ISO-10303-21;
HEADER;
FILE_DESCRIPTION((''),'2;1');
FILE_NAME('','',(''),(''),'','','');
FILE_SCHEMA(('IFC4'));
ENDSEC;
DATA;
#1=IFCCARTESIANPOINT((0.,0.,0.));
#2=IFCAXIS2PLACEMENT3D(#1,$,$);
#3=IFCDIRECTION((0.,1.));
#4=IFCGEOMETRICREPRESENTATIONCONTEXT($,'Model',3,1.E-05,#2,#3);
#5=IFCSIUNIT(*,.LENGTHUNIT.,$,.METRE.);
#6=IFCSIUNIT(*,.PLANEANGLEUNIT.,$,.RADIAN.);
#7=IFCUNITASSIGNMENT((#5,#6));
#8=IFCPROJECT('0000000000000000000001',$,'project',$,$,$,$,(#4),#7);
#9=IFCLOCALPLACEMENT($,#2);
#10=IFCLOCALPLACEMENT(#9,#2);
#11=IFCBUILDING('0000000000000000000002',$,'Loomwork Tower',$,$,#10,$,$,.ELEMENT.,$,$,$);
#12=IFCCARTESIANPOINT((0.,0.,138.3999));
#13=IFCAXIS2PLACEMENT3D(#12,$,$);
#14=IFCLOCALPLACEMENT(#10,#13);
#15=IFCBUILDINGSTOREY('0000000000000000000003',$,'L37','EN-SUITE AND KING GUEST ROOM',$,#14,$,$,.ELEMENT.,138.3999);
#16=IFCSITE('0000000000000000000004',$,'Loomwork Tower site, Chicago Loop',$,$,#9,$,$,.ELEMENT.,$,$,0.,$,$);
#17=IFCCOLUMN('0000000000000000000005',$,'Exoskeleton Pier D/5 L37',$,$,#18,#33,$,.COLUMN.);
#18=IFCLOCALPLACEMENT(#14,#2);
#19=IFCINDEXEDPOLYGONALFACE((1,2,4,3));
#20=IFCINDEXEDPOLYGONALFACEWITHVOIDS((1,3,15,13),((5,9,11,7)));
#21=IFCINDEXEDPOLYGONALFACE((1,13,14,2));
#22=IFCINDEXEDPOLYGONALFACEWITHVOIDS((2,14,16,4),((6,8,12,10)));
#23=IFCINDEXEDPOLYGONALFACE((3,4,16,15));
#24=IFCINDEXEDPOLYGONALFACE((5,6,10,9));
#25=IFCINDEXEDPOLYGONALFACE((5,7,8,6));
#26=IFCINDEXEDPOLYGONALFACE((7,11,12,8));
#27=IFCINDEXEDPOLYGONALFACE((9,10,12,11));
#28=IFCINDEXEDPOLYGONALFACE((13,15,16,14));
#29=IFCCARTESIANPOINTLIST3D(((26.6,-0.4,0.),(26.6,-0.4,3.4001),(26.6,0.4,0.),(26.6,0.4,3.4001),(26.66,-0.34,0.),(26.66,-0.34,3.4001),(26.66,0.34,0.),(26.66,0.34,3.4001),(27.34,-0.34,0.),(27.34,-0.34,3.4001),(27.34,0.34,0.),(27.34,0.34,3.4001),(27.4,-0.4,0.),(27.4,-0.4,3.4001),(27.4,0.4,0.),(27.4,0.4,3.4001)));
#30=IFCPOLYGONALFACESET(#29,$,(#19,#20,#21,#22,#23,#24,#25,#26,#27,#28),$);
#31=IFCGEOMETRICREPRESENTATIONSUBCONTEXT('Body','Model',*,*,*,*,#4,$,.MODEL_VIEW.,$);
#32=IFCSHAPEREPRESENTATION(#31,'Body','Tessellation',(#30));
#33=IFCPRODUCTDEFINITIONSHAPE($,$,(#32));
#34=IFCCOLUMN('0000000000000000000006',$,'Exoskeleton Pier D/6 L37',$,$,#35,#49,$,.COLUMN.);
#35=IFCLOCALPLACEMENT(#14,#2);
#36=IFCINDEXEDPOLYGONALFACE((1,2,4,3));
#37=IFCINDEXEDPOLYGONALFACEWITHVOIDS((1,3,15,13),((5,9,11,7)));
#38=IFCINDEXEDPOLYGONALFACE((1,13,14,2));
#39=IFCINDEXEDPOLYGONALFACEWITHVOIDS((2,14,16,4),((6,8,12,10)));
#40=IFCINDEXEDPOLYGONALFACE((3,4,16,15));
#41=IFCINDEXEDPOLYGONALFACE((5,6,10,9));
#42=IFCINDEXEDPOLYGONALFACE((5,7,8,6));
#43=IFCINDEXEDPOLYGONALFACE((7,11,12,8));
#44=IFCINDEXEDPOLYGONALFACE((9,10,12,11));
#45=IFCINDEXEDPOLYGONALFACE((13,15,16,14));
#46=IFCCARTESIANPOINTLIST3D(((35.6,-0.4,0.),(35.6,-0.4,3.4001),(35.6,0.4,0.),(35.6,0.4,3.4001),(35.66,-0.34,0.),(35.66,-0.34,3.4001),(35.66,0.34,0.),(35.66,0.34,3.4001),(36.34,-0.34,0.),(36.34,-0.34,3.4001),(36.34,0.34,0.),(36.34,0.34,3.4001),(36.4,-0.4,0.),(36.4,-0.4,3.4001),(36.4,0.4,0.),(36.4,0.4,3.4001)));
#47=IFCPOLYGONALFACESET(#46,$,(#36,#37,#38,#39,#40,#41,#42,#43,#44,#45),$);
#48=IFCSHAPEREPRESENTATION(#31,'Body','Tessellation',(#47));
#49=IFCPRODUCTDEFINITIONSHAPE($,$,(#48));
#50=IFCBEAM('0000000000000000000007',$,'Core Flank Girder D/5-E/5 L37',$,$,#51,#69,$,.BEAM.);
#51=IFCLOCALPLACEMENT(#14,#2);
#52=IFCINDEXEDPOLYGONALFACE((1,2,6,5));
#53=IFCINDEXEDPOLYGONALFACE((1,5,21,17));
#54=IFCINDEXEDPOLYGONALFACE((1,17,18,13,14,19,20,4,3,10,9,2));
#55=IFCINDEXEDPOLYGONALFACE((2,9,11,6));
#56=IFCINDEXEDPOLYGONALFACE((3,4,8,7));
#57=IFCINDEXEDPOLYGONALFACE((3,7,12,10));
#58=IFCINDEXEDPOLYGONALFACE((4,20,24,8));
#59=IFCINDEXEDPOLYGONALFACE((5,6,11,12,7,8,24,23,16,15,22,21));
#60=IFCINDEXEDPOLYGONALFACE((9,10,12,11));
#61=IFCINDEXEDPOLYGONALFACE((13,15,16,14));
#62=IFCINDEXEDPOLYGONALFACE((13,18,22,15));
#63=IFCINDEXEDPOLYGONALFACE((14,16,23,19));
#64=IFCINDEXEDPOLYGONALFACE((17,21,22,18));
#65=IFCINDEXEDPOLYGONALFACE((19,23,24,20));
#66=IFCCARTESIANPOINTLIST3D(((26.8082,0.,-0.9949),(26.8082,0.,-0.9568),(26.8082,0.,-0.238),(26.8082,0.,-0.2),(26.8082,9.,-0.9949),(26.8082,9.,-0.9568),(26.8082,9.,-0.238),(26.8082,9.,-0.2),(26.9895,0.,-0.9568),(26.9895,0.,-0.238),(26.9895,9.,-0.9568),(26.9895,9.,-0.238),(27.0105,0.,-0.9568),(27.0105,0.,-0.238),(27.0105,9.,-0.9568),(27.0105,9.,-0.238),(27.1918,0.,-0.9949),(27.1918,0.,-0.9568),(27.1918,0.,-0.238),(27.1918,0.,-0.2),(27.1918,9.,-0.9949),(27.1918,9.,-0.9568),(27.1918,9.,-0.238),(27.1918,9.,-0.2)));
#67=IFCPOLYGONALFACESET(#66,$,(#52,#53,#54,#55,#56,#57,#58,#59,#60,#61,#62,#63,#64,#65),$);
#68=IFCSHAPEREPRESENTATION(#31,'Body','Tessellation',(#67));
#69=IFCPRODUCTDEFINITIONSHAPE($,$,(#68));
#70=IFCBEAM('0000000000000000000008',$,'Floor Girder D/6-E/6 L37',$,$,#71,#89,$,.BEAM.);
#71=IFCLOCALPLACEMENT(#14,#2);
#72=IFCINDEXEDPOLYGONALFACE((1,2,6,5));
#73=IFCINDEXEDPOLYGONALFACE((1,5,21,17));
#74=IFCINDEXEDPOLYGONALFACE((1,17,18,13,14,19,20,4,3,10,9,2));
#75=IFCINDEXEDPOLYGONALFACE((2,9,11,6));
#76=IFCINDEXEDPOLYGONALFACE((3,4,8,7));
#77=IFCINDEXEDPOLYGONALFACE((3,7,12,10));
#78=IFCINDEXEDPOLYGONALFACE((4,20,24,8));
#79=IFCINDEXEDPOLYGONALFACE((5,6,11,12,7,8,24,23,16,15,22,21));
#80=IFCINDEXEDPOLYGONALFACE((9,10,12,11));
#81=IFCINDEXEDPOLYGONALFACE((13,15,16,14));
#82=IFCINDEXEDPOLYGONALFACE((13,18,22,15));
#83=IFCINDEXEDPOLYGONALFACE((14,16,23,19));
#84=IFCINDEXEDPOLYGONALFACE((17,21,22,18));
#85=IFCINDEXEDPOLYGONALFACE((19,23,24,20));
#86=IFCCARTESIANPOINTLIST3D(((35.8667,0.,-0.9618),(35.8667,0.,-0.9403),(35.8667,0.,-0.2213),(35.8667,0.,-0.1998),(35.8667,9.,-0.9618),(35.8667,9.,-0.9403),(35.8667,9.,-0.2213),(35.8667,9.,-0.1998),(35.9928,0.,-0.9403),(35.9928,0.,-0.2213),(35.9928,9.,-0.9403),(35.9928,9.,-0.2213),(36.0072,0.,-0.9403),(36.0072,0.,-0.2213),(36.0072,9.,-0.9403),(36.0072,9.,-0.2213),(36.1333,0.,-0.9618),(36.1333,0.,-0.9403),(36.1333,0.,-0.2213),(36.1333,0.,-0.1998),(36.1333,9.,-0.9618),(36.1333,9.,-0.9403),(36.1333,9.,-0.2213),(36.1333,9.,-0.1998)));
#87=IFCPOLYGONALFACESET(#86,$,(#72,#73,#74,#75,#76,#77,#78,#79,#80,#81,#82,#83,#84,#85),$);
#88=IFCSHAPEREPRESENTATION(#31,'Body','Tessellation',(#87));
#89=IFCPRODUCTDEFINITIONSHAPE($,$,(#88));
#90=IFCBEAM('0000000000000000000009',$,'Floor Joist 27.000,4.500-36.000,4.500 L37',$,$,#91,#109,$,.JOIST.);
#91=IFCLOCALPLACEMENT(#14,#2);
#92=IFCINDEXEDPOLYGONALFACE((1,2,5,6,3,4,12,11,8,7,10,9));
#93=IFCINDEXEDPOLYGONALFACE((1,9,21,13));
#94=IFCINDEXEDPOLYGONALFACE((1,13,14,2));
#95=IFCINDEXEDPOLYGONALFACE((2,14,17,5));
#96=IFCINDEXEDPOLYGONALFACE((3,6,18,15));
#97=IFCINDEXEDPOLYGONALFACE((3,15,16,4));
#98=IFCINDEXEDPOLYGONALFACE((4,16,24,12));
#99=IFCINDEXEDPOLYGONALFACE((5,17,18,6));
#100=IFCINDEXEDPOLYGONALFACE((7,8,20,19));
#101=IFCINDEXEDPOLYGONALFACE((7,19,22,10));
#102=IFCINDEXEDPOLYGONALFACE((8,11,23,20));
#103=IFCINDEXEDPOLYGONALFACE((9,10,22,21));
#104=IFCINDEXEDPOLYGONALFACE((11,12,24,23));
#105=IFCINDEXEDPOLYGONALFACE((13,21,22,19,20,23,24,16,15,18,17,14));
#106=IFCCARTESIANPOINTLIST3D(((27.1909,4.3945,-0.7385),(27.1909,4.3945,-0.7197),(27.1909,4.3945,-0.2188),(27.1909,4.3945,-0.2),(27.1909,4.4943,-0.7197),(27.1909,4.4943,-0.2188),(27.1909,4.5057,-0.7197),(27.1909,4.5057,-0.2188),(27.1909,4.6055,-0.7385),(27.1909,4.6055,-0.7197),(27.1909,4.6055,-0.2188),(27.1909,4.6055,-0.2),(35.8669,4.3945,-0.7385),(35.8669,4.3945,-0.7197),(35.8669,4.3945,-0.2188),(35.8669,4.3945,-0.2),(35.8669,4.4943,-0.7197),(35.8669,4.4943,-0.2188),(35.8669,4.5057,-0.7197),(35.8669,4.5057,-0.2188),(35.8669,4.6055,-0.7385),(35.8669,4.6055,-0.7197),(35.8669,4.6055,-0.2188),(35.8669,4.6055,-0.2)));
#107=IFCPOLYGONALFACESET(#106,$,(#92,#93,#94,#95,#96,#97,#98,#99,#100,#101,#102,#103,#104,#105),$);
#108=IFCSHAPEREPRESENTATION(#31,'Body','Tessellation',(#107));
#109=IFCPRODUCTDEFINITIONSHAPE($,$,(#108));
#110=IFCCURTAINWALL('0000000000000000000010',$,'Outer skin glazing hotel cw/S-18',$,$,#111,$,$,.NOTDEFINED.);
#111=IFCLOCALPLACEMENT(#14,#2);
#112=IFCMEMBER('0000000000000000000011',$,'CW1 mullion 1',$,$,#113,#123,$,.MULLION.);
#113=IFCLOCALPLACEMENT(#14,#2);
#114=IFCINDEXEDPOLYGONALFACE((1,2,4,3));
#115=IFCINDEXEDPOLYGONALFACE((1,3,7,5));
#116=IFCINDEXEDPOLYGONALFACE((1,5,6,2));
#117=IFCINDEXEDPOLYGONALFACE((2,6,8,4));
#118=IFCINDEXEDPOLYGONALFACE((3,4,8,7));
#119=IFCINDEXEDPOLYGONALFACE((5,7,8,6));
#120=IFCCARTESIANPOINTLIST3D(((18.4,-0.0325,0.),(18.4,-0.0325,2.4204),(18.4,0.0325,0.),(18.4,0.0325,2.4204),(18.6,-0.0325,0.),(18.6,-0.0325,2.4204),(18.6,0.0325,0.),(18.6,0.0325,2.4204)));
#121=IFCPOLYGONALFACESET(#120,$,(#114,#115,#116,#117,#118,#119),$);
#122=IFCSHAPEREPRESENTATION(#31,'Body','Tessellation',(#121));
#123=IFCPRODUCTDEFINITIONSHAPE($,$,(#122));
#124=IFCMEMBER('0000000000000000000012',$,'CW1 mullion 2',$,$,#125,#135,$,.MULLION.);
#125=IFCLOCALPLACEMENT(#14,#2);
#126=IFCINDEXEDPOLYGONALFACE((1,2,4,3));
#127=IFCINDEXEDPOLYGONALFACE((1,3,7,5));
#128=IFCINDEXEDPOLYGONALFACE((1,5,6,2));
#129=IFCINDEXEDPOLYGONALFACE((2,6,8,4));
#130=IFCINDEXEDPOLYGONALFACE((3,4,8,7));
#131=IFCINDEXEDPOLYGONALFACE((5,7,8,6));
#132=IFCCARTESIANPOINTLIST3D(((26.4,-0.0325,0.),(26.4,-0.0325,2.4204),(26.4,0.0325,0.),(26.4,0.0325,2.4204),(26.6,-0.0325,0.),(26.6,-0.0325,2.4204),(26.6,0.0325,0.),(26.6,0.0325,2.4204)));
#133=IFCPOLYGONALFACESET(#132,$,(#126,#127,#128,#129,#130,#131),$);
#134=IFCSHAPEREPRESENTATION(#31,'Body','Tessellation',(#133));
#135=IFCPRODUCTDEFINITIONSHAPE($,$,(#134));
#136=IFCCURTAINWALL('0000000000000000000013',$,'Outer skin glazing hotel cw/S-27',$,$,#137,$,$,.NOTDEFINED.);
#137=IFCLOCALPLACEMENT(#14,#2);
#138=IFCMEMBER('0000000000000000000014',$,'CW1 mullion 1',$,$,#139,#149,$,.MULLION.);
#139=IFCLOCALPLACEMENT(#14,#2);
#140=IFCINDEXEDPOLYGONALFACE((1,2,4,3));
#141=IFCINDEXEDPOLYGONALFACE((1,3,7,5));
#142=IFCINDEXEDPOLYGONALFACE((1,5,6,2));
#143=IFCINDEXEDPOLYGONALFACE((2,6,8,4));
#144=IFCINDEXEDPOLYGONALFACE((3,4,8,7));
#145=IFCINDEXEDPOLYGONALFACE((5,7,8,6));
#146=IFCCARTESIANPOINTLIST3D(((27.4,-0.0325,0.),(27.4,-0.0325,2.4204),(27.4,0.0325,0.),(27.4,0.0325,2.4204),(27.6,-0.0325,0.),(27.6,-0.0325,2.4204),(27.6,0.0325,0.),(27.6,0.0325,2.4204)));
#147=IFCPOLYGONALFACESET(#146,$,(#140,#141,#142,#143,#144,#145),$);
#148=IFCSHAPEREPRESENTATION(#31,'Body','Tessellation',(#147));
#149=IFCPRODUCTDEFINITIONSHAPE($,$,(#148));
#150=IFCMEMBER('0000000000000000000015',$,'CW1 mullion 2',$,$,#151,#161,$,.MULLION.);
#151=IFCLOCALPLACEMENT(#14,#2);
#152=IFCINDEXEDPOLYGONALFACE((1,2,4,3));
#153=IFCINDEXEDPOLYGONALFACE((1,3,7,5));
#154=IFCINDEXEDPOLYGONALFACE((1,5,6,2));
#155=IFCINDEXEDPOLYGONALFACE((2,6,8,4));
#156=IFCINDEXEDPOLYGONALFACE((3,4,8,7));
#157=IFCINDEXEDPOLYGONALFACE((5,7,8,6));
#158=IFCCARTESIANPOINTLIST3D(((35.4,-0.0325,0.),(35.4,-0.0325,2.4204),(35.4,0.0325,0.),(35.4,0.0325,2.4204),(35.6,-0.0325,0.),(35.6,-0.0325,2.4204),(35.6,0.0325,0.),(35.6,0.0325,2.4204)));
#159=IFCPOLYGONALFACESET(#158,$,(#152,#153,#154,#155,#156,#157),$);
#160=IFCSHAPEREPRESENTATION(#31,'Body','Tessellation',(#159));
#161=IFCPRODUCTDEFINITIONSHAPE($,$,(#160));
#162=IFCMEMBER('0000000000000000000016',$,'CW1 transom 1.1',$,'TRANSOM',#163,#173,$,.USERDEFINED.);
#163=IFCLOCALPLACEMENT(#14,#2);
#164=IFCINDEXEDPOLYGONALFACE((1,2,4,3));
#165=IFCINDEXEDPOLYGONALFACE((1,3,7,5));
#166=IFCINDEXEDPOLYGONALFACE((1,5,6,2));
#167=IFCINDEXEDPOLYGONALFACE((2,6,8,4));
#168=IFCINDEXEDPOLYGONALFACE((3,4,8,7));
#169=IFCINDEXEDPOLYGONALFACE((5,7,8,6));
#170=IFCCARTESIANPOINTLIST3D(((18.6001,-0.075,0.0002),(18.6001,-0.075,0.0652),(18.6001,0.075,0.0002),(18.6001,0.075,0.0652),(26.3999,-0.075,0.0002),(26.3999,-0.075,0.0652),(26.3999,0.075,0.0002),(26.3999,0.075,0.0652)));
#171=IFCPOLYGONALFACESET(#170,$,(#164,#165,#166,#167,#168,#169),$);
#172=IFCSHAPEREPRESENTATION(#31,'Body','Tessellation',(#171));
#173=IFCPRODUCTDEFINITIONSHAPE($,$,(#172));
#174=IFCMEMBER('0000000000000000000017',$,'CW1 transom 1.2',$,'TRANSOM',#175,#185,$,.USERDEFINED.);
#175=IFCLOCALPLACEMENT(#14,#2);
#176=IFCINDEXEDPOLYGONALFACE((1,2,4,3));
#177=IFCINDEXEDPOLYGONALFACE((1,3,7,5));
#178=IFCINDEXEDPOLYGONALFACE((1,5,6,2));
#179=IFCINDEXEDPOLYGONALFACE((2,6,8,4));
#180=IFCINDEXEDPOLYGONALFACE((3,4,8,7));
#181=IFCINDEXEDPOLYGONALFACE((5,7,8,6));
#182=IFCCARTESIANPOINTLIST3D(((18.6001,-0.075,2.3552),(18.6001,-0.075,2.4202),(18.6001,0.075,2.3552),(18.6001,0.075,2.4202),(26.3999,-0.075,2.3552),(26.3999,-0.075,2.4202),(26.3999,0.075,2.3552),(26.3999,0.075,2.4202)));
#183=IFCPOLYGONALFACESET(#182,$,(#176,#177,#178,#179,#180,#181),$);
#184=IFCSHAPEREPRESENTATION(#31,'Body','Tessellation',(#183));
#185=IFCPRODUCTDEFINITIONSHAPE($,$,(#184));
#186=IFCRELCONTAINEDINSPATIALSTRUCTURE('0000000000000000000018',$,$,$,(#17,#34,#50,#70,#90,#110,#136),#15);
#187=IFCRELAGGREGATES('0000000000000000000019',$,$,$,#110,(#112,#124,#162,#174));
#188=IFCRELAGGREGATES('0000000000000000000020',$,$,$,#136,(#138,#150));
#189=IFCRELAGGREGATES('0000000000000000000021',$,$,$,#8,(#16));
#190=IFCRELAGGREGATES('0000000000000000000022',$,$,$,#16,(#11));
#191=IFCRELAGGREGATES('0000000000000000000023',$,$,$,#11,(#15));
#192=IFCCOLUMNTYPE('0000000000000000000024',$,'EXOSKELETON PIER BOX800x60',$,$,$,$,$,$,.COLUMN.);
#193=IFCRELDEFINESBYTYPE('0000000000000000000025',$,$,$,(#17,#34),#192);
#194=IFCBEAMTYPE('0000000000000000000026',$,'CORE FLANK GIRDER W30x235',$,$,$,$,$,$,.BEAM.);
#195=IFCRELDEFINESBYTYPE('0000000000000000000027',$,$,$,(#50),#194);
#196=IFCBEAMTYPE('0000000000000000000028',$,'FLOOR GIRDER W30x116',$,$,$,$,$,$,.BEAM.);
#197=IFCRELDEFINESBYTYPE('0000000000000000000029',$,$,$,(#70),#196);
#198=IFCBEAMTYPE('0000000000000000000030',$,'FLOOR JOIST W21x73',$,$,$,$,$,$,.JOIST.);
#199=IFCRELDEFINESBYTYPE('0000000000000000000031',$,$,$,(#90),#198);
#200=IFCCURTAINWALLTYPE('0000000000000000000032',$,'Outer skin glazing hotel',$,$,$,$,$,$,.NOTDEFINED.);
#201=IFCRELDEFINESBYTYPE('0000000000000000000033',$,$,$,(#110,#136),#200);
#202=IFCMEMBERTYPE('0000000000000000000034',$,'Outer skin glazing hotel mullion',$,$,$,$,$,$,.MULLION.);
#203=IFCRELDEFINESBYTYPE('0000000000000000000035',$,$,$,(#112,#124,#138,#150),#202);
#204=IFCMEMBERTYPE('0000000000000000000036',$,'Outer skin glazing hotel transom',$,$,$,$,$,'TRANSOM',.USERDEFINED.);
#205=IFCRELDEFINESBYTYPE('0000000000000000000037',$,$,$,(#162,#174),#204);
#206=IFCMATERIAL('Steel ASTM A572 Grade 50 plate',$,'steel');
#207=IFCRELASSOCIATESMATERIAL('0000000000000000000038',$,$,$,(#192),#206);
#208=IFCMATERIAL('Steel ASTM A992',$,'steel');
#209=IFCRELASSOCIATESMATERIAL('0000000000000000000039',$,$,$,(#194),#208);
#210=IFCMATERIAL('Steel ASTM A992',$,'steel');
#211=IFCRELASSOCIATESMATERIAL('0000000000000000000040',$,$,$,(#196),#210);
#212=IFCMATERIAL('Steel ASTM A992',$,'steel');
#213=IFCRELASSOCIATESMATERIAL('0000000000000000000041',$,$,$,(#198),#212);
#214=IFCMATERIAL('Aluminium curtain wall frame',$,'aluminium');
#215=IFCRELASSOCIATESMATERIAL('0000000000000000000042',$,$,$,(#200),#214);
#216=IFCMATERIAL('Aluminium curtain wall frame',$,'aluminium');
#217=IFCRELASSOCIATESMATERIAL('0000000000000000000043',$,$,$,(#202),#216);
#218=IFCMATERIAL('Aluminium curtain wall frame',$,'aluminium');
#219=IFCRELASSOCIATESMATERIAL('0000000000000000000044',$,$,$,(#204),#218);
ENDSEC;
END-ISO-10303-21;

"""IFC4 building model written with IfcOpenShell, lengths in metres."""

from ifc_helpers import new_model, si_unit, direction, frame, origin, origin_2d, place, context, subcontext, project, spatial, rectangle, hollow_rectangle, i_section, extrude, material, material_profile, profile_set, type_object, element, aggregate, save


model = new_model("IFC4")

# Units and contexts
model_context = context("Model", 3, precision=1e-05, world=origin(), true_north=direction((0.0, 1.0)))
body_context = subcontext(model_context, "Body", "Model", "MODEL_VIEW")
ifc_project = project(units=[si_unit("LENGTHUNIT", "METRE"), si_unit("PLANEANGLEUNIT", "RADIAN")], contexts=[model_context])

# Site, building, storey
site_placement = place(None, origin())
site = spatial("IfcSite", under=ifc_project, at=site_placement, Name="Loomwork Tower site, Chicago Loop", CompositionType="ELEMENT", RefElevation=0.0)
building_placement = place(site_placement, origin())
building = spatial("IfcBuilding", under=site, at=building_placement, Name="Loomwork Tower", CompositionType="ELEMENT")
storey_placement = place(building_placement, frame((0.0, 0.0, 138.3999)))
storey = spatial("IfcBuildingStorey", under=building, at=storey_placement, Name="L37", Description="EN-SUITE AND KING GUEST ROOM", CompositionType="ELEMENT", Elevation=138.3999)

# Columns
ifc_material_1 = material(Name="Steel ASTM A572 Grade 50 plate", Category="steel")
ifc_material_profile_1 = material_profile(ifc_material_1, hollow_rectangle(XDim=0.8, YDim=0.8, WallThickness=0.0601, at=origin_2d()), Name="BOX800x60")
ifc_profile_set_1 = profile_set([ifc_material_profile_1], Name="Steel ASTM A572 Grade 50 plate")
column_type = type_object("IfcColumnType", Name="EXOSKELETON PIER BOX800x60", PredefinedType="COLUMN", material=ifc_profile_set_1)
for number, where, z_axis, x_axis, name in (
    (1, (27.0, 0.0, 0.0), (0.0, 0.0, 1.0), (1.0, 0.0, 0.0), "Exoskeleton Pier D/5 L37"),
    (2, (36.0, 0.0, 0.0), (0.0, 0.0, 1.0), (1.0, 0.0, 0.0), "Exoskeleton Pier D/6 L37"),
):
    element("IfcColumn", number, at=place(storey_placement, frame(where, z_axis=z_axis, x_axis=x_axis)), inside=storey, type_object=column_type, Name=name, PredefinedType="COLUMN", context=body_context, shape_type="SweptSolid", body=[
        extrude(hollow_rectangle(XDim=0.8, YDim=0.8, WallThickness=0.0601, at=origin_2d()), origin(), (0.0, 0.0, 1.0), 3.4001),
    ])

# Beams
ifc_material_2 = material(Name="Steel ASTM A992", Category="steel")
ifc_material_profile_2 = material_profile(ifc_material_2, i_section(OverallWidth=0.3835, OverallDepth=0.7949, WebThickness=0.021, FlangeThickness=0.0381, at=origin_2d()), Name="W30x235")
ifc_profile_set_2 = profile_set([ifc_material_profile_2], Name="Steel ASTM A992")
beam_type_1 = type_object("IfcBeamType", Name="CORE FLANK GIRDER W30x235", PredefinedType="BEAM", material=ifc_profile_set_2)
beam_1_placement = place(storey_placement, frame((27.0, 0.0, -0.5974), z_axis=(0.0, 1.0, 0.0), x_axis=(-1.0, 0.0, 0.0)))
element("IfcBeam", 3, at=beam_1_placement, inside=storey, type_object=beam_type_1, Name="Core Flank Girder D/5-E/5 L37", PredefinedType="BEAM", context=body_context, shape_type="SweptSolid", body=[
    extrude(i_section(OverallWidth=0.3835, OverallDepth=0.7949, WebThickness=0.021, FlangeThickness=0.0381, at=origin_2d()), origin(), (0.0, 0.0, 1.0), 9.0),
])
ifc_material_3 = material(Name="Steel ASTM A992", Category="steel")
ifc_material_profile_3 = material_profile(ifc_material_3, i_section(OverallWidth=0.2666, OverallDepth=0.762, WebThickness=0.0144, FlangeThickness=0.0215, at=origin_2d()), Name="W30x116")
ifc_profile_set_3 = profile_set([ifc_material_profile_3], Name="Steel ASTM A992")
beam_type_2 = type_object("IfcBeamType", Name="FLOOR GIRDER W30x116", PredefinedType="BEAM", material=ifc_profile_set_3)
beam_2_placement = place(storey_placement, frame((36.0, 0.0, -0.5808), z_axis=(0.0, 1.0, 0.0), x_axis=(-1.0, 0.0, 0.0)))
element("IfcBeam", 4, at=beam_2_placement, inside=storey, type_object=beam_type_2, Name="Floor Girder D/6-E/6 L37", PredefinedType="BEAM", context=body_context, shape_type="SweptSolid", body=[
    extrude(i_section(OverallWidth=0.2666, OverallDepth=0.762, WebThickness=0.0144, FlangeThickness=0.0215, at=origin_2d()), origin(), (0.0, 0.0, 1.0), 9.0),
])
ifc_material_4 = material(Name="Steel ASTM A992", Category="steel")
ifc_material_profile_4 = material_profile(ifc_material_4, i_section(OverallWidth=0.2109, OverallDepth=0.5386, WebThickness=0.0115, FlangeThickness=0.0188, at=origin_2d()), Name="W21x73")
ifc_profile_set_4 = profile_set([ifc_material_profile_4], Name="Steel ASTM A992")
beam_type_3 = type_object("IfcBeamType", Name="FLOOR JOIST W21x73", PredefinedType="JOIST", material=ifc_profile_set_4)
beam_3_placement = place(storey_placement, frame((27.1909, 4.5, -0.4692), z_axis=(1.0, 0.0, 0.0), x_axis=(0.0, 1.0, 0.0)))
element("IfcBeam", 5, at=beam_3_placement, inside=storey, type_object=beam_type_3, Name="Floor Joist 27.000,4.500-36.000,4.500 L37", PredefinedType="JOIST", context=body_context, shape_type="SweptSolid", body=[
    extrude(i_section(OverallWidth=0.2109, OverallDepth=0.5386, WebThickness=0.0115, FlangeThickness=0.0188, at=origin_2d()), origin(), (0.0, 0.0, 1.0), 8.676),
])

# Curtain walls, members
ifc_material_5 = material(Name="Aluminium curtain wall frame", Category="aluminium")
curtain_wall_type = type_object("IfcCurtainWallType", Name="Outer skin glazing hotel", PredefinedType="NOTDEFINED", material=ifc_material_5)
curtain_wall_1_placement = place(storey_placement, origin())
curtain_wall_1 = element("IfcCurtainWall", 6, at=curtain_wall_1_placement, inside=storey, type_object=curtain_wall_type, Name="Outer skin glazing hotel cw/S-18", PredefinedType="NOTDEFINED")
ifc_material_6 = material(Name="Aluminium curtain wall frame", Category="aluminium")
ifc_material_profile_5 = material_profile(ifc_material_6, rectangle(XDim=0.0649, YDim=0.2, at=origin_2d()), Name="AL 65x200")
ifc_profile_set_5 = profile_set([ifc_material_profile_5], Name="Aluminium curtain wall frame")
member_type_1 = type_object("IfcMemberType", Name="Outer skin glazing hotel mullion", PredefinedType="MULLION", material=ifc_profile_set_5)
member_1_placement = place(storey_placement, frame((18.5, 0.0, 0.0), z_axis=(0.0, 0.0, 1.0), x_axis=(0.0, 1.0, 0.0)))
member_1 = element("IfcMember", 7, at=member_1_placement, type_object=member_type_1, Name="CW1 mullion 1", PredefinedType="MULLION", context=body_context, shape_type="SweptSolid", body=[
    extrude(rectangle(XDim=0.0649, YDim=0.2, at=origin_2d()), origin(), (0.0, 0.0, 1.0), 2.4204),
])
member_2_placement = place(storey_placement, frame((26.5, 0.0, 0.0), z_axis=(0.0, 0.0, 1.0), x_axis=(0.0, 1.0, 0.0)))
member_2 = element("IfcMember", 8, at=member_2_placement, type_object=member_type_1, Name="CW1 mullion 2", PredefinedType="MULLION", context=body_context, shape_type="SweptSolid", body=[
    extrude(rectangle(XDim=0.0649, YDim=0.2, at=origin_2d()), origin(), (0.0, 0.0, 1.0), 2.4204),
])
curtain_wall_2_placement = place(storey_placement, origin())
curtain_wall_2 = element("IfcCurtainWall", 9, at=curtain_wall_2_placement, inside=storey, type_object=curtain_wall_type, Name="Outer skin glazing hotel cw/S-27", PredefinedType="NOTDEFINED")
member_3_placement = place(storey_placement, frame((27.5, 0.0, 0.0), z_axis=(0.0, 0.0, 1.0), x_axis=(0.0, 1.0, 0.0)))
member_3 = element("IfcMember", 10, at=member_3_placement, type_object=member_type_1, Name="CW1 mullion 1", PredefinedType="MULLION", context=body_context, shape_type="SweptSolid", body=[
    extrude(rectangle(XDim=0.0649, YDim=0.2, at=origin_2d()), origin(), (0.0, 0.0, 1.0), 2.4204),
])
member_4_placement = place(storey_placement, frame((35.5, 0.0, 0.0), z_axis=(0.0, 0.0, 1.0), x_axis=(0.0, 1.0, 0.0)))
member_4 = element("IfcMember", 11, at=member_4_placement, type_object=member_type_1, Name="CW1 mullion 2", PredefinedType="MULLION", context=body_context, shape_type="SweptSolid", body=[
    extrude(rectangle(XDim=0.0649, YDim=0.2, at=origin_2d()), origin(), (0.0, 0.0, 1.0), 2.4204),
])

# Members
ifc_material_7 = material(Name="Aluminium curtain wall frame", Category="aluminium")
ifc_material_profile_6 = material_profile(ifc_material_7, rectangle(XDim=0.1499, YDim=0.0649, at=origin_2d()), Name="AL 65x150")
ifc_profile_set_6 = profile_set([ifc_material_profile_6], Name="Aluminium curtain wall frame")
member_type_2 = type_object("IfcMemberType", Name="Outer skin glazing hotel transom", ElementType="TRANSOM", PredefinedType="USERDEFINED", material=ifc_profile_set_6)
member_5_placement = place(storey_placement, frame((18.6001, 0.0, 0.0327), z_axis=(1.0, 0.0, 0.0), x_axis=(0.0, 1.0, 0.0)))
member_5 = element("IfcMember", 12, at=member_5_placement, type_object=member_type_2, Name="CW1 transom 1.1", ObjectType="TRANSOM", PredefinedType="USERDEFINED", context=body_context, shape_type="SweptSolid", body=[
    extrude(rectangle(XDim=0.1499, YDim=0.0649, at=origin_2d()), origin(), (0.0, 0.0, 1.0), 7.7998),
])
member_6_placement = place(storey_placement, frame((18.6001, 0.0, 2.3877), z_axis=(1.0, 0.0, 0.0), x_axis=(0.0, 1.0, 0.0)))
member_6 = element("IfcMember", 13, at=member_6_placement, type_object=member_type_2, Name="CW1 transom 1.2", ObjectType="TRANSOM", PredefinedType="USERDEFINED", context=body_context, shape_type="SweptSolid", body=[
    extrude(rectangle(XDim=0.1499, YDim=0.0649, at=origin_2d()), origin(), (0.0, 0.0, 1.0), 7.7998),
])

aggregate(curtain_wall_1, [member_1, member_2, member_5, member_6])
aggregate(curtain_wall_2, [member_3, member_4])

save(model, "model.ifc")
